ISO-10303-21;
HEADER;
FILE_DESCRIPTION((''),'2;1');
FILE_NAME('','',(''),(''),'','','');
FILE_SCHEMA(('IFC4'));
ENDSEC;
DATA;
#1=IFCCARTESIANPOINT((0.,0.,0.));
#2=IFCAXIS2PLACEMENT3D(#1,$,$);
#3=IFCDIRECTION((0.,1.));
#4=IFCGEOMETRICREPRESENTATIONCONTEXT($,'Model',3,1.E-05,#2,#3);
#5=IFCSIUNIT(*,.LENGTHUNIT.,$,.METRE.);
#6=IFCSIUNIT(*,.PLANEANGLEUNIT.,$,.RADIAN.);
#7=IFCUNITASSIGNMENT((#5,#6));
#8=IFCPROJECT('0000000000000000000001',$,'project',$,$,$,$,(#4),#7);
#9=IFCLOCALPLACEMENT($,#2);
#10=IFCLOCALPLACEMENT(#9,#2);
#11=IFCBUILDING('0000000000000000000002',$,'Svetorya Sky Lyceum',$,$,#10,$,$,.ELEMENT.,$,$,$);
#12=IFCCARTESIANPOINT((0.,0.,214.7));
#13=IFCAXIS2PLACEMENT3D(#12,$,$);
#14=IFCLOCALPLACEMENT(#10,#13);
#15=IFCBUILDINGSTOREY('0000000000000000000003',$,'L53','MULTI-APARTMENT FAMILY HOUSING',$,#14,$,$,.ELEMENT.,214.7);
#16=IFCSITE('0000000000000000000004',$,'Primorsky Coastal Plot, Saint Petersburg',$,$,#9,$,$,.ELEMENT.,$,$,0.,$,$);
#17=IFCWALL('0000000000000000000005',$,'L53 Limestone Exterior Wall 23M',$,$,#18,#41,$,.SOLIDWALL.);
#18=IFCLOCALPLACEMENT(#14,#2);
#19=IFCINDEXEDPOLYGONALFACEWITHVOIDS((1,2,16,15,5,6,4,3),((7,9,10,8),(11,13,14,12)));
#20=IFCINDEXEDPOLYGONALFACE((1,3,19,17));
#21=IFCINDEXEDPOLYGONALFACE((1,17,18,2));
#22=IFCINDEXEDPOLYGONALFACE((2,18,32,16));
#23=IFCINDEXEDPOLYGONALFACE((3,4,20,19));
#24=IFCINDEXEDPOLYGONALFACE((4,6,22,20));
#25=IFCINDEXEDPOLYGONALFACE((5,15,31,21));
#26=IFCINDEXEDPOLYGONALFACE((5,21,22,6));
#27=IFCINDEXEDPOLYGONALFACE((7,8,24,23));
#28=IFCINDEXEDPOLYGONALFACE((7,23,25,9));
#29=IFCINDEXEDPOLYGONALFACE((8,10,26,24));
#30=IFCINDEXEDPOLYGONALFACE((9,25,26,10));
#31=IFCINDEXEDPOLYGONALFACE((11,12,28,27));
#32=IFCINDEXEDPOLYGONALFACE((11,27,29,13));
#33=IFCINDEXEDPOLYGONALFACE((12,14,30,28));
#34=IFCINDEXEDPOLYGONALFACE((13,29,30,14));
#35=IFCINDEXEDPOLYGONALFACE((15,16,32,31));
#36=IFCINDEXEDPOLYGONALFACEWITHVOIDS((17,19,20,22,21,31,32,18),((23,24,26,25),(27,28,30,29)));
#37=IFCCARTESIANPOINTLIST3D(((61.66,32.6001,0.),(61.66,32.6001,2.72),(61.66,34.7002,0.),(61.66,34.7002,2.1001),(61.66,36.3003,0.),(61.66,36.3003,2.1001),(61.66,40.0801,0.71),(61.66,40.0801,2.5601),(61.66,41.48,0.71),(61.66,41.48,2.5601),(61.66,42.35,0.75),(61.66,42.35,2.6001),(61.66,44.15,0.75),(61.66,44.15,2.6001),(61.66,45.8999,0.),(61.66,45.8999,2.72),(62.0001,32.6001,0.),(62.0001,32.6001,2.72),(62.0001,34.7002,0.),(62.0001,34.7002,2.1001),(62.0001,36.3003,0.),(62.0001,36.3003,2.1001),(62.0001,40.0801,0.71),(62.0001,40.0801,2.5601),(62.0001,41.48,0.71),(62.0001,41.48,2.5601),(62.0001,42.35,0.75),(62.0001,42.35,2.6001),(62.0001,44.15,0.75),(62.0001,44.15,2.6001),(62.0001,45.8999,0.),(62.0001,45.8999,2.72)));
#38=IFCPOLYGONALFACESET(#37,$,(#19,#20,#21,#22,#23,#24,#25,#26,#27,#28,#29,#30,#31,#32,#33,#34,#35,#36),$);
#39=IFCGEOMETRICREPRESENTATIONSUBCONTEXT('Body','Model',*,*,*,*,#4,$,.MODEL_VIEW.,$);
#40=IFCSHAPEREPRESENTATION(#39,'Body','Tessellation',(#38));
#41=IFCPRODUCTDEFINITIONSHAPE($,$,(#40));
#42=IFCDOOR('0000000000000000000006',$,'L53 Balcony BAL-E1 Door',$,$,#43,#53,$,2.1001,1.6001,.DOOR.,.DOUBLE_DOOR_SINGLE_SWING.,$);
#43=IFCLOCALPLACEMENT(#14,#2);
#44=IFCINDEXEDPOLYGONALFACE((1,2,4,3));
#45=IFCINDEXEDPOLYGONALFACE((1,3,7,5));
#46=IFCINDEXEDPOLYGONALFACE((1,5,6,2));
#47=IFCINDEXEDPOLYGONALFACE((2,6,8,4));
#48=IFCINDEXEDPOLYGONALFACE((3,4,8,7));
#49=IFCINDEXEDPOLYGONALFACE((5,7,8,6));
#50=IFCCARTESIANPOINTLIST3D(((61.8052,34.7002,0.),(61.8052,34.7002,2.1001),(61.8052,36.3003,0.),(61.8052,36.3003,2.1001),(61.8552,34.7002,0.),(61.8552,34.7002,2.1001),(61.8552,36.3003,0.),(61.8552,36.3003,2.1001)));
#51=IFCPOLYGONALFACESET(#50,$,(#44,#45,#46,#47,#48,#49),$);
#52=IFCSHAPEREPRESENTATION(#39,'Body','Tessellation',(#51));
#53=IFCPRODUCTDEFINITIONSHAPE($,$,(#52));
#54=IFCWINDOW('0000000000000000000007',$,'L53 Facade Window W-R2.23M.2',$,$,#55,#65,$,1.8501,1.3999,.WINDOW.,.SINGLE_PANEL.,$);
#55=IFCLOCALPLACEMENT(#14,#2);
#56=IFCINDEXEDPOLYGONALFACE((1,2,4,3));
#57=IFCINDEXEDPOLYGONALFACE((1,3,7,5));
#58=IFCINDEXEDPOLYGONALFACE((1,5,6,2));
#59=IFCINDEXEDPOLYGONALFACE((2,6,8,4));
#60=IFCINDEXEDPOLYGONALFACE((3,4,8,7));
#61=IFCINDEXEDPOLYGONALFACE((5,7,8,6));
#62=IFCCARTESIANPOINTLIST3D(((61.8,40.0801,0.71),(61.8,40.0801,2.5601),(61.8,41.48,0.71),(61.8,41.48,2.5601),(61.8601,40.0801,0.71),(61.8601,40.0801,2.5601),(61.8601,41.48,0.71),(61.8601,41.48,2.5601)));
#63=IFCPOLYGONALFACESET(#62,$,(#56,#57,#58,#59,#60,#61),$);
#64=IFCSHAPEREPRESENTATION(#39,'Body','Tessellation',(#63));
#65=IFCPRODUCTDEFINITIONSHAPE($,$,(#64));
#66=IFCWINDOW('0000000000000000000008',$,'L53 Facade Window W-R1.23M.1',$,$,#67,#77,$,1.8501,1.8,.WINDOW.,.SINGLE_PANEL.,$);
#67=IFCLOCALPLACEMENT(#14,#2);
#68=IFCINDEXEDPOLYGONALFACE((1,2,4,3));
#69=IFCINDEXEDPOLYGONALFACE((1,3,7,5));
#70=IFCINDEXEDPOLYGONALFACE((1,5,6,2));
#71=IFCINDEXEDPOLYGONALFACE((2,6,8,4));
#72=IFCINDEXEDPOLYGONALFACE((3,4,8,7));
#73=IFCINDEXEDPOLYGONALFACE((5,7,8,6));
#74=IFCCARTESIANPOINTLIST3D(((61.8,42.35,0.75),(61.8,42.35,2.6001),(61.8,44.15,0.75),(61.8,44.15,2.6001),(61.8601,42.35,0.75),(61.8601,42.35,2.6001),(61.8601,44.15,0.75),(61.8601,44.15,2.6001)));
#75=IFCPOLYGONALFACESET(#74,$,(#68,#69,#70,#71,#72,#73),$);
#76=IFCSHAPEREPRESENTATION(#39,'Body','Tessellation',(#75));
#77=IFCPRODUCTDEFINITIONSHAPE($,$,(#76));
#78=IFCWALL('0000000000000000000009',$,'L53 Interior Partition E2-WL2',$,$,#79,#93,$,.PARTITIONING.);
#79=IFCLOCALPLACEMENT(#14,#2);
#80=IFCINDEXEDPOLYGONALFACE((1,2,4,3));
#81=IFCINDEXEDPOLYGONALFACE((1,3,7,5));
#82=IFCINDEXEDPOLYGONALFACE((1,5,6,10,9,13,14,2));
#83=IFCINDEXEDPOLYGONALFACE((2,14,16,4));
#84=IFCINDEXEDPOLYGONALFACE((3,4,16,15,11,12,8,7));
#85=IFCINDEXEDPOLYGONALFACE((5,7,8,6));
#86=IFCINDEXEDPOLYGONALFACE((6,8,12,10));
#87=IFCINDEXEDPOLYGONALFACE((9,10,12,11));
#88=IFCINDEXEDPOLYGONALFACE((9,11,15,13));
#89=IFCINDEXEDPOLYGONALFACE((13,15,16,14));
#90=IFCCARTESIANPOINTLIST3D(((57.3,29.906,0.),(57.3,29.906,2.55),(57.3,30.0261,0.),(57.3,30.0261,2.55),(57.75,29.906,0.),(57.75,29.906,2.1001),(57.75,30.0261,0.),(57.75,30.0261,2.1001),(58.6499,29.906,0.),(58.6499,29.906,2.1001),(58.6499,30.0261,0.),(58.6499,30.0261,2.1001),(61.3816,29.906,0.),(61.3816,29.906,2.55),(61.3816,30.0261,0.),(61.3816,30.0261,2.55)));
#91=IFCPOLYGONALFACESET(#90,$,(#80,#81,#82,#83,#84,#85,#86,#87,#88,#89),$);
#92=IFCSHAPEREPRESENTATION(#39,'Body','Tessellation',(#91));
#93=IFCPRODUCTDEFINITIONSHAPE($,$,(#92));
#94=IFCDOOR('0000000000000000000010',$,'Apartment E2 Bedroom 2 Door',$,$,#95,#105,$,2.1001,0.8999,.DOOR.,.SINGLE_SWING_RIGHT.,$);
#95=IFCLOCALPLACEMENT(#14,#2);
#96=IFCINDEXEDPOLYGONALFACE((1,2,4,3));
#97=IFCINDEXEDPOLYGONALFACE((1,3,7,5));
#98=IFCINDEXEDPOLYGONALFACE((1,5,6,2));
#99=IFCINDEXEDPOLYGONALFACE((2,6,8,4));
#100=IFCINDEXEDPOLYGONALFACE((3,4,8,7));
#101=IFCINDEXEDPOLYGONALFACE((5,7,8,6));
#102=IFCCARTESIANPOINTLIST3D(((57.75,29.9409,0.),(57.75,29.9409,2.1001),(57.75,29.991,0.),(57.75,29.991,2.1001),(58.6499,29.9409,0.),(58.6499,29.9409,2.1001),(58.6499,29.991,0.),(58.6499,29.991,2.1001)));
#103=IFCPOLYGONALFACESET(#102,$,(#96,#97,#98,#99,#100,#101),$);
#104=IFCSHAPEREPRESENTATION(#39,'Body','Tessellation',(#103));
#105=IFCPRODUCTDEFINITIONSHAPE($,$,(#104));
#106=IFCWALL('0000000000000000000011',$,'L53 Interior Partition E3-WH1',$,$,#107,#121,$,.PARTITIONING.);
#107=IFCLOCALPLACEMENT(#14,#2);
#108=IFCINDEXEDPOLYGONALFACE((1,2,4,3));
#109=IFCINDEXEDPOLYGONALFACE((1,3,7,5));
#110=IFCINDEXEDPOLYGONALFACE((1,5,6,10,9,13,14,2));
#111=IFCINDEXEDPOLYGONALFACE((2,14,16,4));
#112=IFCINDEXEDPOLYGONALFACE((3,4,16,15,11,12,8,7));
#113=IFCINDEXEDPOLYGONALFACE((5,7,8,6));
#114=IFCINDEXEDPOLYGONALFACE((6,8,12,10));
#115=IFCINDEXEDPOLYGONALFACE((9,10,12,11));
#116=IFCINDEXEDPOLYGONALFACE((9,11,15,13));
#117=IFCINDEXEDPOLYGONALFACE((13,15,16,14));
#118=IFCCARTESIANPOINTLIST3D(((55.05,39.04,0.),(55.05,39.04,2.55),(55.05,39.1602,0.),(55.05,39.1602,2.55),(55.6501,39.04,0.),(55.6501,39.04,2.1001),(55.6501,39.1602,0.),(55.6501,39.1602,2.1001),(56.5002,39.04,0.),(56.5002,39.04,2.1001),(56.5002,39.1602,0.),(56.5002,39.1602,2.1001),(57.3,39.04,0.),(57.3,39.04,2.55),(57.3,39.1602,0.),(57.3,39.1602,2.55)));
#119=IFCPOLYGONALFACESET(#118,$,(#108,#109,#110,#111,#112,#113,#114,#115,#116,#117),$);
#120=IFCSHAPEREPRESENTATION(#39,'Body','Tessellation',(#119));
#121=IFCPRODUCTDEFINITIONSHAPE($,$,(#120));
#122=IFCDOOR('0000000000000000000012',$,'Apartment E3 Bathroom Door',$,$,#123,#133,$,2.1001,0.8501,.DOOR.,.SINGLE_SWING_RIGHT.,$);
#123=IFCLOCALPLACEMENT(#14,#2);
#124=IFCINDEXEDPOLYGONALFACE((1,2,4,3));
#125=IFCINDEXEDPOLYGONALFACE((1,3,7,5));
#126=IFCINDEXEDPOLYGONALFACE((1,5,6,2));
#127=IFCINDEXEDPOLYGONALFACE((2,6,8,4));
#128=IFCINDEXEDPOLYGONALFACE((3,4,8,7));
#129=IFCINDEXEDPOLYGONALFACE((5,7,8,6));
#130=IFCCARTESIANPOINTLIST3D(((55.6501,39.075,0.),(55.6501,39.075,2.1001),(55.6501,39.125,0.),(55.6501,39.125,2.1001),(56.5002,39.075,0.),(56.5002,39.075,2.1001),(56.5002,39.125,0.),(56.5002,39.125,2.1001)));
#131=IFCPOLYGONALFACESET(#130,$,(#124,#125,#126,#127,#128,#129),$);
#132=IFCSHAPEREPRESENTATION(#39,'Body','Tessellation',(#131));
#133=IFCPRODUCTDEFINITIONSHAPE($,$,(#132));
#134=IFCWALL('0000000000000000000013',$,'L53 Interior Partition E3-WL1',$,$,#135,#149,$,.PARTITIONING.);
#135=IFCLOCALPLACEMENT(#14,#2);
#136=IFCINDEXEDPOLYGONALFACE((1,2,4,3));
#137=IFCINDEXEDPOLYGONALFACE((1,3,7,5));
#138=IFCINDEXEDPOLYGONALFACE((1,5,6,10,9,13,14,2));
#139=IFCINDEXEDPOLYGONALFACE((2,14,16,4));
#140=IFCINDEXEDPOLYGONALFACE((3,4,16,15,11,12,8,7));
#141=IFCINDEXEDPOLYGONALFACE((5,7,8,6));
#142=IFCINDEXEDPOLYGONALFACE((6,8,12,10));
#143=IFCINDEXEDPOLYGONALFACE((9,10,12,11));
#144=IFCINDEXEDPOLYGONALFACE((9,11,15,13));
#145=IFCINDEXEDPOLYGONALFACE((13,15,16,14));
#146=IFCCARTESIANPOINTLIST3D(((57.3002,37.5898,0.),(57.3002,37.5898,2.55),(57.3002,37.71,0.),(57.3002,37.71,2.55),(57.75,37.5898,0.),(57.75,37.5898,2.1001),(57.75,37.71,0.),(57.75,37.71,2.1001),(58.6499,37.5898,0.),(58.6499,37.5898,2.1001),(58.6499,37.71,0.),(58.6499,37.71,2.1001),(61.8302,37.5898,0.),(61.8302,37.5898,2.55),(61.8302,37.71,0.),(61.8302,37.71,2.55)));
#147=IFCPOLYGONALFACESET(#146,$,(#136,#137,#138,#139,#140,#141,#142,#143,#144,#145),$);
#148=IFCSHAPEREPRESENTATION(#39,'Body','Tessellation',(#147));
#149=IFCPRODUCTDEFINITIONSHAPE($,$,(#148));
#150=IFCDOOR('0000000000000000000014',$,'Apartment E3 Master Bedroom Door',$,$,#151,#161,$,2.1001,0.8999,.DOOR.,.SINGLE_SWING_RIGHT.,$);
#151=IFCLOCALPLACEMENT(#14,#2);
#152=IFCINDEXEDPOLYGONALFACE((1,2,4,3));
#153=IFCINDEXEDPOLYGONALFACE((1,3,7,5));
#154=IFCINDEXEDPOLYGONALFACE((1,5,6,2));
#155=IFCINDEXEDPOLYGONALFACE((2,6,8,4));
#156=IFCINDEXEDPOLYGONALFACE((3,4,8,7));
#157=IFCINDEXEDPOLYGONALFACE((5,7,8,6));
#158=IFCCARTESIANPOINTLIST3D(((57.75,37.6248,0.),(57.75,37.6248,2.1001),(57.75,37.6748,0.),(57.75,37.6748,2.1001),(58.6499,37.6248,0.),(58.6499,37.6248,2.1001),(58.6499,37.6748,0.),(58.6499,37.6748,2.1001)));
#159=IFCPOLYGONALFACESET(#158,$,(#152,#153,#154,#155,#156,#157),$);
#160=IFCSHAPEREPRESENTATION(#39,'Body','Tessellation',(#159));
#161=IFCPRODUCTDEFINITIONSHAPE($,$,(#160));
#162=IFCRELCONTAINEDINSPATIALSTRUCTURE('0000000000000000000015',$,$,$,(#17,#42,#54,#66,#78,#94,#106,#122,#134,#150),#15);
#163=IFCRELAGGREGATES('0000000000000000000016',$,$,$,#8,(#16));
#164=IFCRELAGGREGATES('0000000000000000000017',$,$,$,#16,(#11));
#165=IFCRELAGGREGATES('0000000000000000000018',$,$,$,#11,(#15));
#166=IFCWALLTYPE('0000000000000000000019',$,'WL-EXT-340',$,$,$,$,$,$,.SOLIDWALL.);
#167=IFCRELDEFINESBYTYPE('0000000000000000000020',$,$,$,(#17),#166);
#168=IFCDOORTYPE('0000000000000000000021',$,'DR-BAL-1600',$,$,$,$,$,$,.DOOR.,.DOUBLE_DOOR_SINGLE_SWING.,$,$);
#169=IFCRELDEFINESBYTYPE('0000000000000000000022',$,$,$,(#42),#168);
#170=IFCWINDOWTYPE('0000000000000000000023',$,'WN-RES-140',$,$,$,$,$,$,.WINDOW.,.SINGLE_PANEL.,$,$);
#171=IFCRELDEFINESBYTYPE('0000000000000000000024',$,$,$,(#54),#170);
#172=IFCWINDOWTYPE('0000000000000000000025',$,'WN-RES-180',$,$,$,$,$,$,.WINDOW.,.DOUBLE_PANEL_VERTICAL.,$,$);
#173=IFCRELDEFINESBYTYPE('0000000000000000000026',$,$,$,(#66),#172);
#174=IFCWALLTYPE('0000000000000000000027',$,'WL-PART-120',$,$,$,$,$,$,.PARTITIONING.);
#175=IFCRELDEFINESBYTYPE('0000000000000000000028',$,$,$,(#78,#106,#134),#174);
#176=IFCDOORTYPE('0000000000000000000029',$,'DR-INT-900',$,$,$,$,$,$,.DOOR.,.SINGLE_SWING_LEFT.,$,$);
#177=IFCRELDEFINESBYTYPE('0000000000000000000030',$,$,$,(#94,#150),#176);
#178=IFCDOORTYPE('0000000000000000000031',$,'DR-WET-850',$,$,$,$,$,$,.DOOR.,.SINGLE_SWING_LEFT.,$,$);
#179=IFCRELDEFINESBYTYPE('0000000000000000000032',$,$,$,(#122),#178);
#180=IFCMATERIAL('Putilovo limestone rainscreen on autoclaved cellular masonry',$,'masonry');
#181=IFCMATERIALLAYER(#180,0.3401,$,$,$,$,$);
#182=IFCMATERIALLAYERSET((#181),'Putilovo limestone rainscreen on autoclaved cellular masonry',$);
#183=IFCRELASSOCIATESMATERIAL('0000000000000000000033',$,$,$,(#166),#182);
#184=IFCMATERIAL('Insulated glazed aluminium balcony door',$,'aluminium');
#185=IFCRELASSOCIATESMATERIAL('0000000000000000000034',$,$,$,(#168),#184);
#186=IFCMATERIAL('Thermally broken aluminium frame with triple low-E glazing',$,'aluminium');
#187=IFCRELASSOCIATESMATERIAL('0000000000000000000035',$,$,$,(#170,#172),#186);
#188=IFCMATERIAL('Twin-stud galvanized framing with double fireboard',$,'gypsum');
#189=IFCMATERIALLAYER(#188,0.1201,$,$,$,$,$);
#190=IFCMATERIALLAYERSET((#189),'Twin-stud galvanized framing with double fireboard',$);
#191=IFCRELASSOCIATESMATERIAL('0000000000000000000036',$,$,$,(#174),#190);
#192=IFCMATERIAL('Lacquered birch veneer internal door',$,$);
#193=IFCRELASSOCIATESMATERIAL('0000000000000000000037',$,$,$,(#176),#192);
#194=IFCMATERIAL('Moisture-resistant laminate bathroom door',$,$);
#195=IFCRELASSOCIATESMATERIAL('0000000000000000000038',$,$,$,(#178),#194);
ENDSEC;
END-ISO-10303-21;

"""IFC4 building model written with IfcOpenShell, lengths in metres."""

from ifc_helpers import new_model, si_unit, direction, frame, frame_2d, origin, place, context, subcontext, project, spatial, rectangle, extrude, material, layer, layer_set, type_object, element, fill, save


model = new_model("IFC4")

# Units and contexts
model_context = context("Model", 3, precision=1e-05, world=origin(), true_north=direction((0.0, 1.0)))
body_context = subcontext(model_context, "Body", "Model", "MODEL_VIEW")
ifc_project = project(units=[si_unit("LENGTHUNIT", "METRE"), si_unit("PLANEANGLEUNIT", "RADIAN")], contexts=[model_context])

# Site, building, storey
site_placement = place(None, origin())
site = spatial("IfcSite", under=ifc_project, at=site_placement, Name="Primorsky Coastal Plot, Saint Petersburg", CompositionType="ELEMENT", RefElevation=0.0)
building_placement = place(site_placement, origin())
building = spatial("IfcBuilding", under=site, at=building_placement, Name="Svetorya Sky Lyceum", CompositionType="ELEMENT")
storey_placement = place(building_placement, frame((0.0, 0.0, 214.7)))
storey = spatial("IfcBuildingStorey", under=building, at=storey_placement, Name="L53", Description="MULTI-APARTMENT FAMILY HOUSING", CompositionType="ELEMENT", Elevation=214.7)

# Shared definitions
ifc_material_1 = material(Name="Putilovo limestone rainscreen on autoclaved cellular masonry", Category="masonry")
ifc_layer_1 = layer(ifc_material_1, 0.3401)
ifc_layer_set_1 = layer_set([ifc_layer_1], Name="Putilovo limestone rainscreen on autoclaved cellular masonry")
wall_type_1 = type_object("IfcWallType", Name="WL-EXT-340", PredefinedType="SOLIDWALL", material=ifc_layer_set_1)

# Shared definitions
ifc_material_2 = material(Name="Thermally broken aluminium frame with triple low-E glazing", Category="aluminium")

# Wall, openings, door, windows
wall_1_placement = place(storey_placement, frame((61.8301, 32.6001, 0.0), z_axis=(0.0, 0.0, 1.0), x_axis=(0.0, 1.0, 0.0)))
wall_1 = element("IfcWall", 1, at=wall_1_placement, inside=storey, type_object=wall_type_1, Name="L53 Limestone Exterior Wall 23M", PredefinedType="SOLIDWALL", context=body_context, shape_type="SweptSolid", body=[
    extrude(rectangle(XDim=13.2998, YDim=0.3401, at=frame_2d((6.6499, 0.0))), origin(), (0.0, 0.0, 1.0), 2.72),
])
opening_1_placement = place(wall_1_placement, frame((2.1001, 0.0, 0.0)))
opening_1 = element("IfcOpeningElement", 2, at=opening_1_placement, cuts=wall_1, PredefinedType="OPENING", context=body_context, shape_type="SweptSolid", body=[
    extrude(rectangle(XDim=1.6001, YDim=2.1001, at=frame_2d((0.8, 1.05))), frame((0.0, 0.1799, 0.0), z_axis=(0.0, -1.0, 0.0), x_axis=(1.0, 0.0, 0.0)), (0.0, 0.0, 1.0), 0.3601),
])
opening_2_placement = place(wall_1_placement, frame((7.48, 0.0, 0.71)))
opening_2 = element("IfcOpeningElement", 3, at=opening_2_placement, cuts=wall_1, PredefinedType="OPENING", context=body_context, shape_type="SweptSolid", body=[
    extrude(rectangle(XDim=1.3999, YDim=1.8501, at=frame_2d((0.7, 0.925))), frame((0.0, 0.1799, 0.0), z_axis=(0.0, -1.0, 0.0), x_axis=(1.0, 0.0, 0.0)), (0.0, 0.0, 1.0), 0.3601),
])
opening_3_placement = place(wall_1_placement, frame((9.75, 0.0, 0.75)))
opening_3 = element("IfcOpeningElement", 4, at=opening_3_placement, cuts=wall_1, PredefinedType="OPENING", context=body_context, shape_type="SweptSolid", body=[
    extrude(rectangle(XDim=1.8, YDim=1.8501, at=frame_2d((0.8999, 0.925))), frame((0.0, 0.1799, 0.0), z_axis=(0.0, -1.0, 0.0), x_axis=(1.0, 0.0, 0.0)), (0.0, 0.0, 1.0), 0.3601),
])
ifc_material_3 = material(Name="Insulated glazed aluminium balcony door", Category="aluminium")
door_type_1 = type_object("IfcDoorType", Name="DR-BAL-1600", OperationType="DOUBLE_DOOR_SINGLE_SWING", PredefinedType="DOOR", material=ifc_material_3)
door_1_placement = place(opening_1_placement, origin())
door_1 = element("IfcDoor", 5, at=door_1_placement, inside=storey, type_object=door_type_1, Name="L53 Balcony BAL-E1 Door", OperationType="DOUBLE_DOOR_SINGLE_SWING", OverallHeight=2.1001, OverallWidth=1.6001, PredefinedType="DOOR", context=body_context, shape_type="SweptSolid", body=[
    extrude(rectangle(XDim=1.6001, YDim=2.1001, at=frame_2d((0.8, 1.05))), frame((0.0, 0.0249, 0.0), z_axis=(0.0, -1.0, 0.0), x_axis=(1.0, 0.0, 0.0)), (0.0, 0.0, 1.0), 0.05),
])
fill(opening_1, door_1)
window_type_1 = type_object("IfcWindowType", Name="WN-RES-140", PartitioningType="SINGLE_PANEL", PredefinedType="WINDOW", material=ifc_material_2)
window_1_placement = place(opening_2_placement, origin())
window_1 = element("IfcWindow", 6, at=window_1_placement, inside=storey, type_object=window_type_1, Name="L53 Facade Window W-R2.23M.2", OverallHeight=1.8501, OverallWidth=1.3999, PartitioningType="SINGLE_PANEL", PredefinedType="WINDOW", context=body_context, shape_type="SweptSolid", body=[
    extrude(rectangle(XDim=1.3999, YDim=1.8501, at=frame_2d((0.7, 0.925))), frame((0.0, 0.03, 0.0), z_axis=(0.0, -1.0, 0.0), x_axis=(1.0, 0.0, 0.0)), (0.0, 0.0, 1.0), 0.0601),
])
fill(opening_2, window_1)
window_type_2 = type_object("IfcWindowType", Name="WN-RES-180", PartitioningType="DOUBLE_PANEL_VERTICAL", PredefinedType="WINDOW", material=ifc_material_2)
window_2_placement = place(opening_3_placement, origin())
window_2 = element("IfcWindow", 7, at=window_2_placement, inside=storey, type_object=window_type_2, Name="L53 Facade Window W-R1.23M.1", OverallHeight=1.8501, OverallWidth=1.8, PartitioningType="SINGLE_PANEL", PredefinedType="WINDOW", context=body_context, shape_type="SweptSolid", body=[
    extrude(rectangle(XDim=1.8, YDim=1.8501, at=frame_2d((0.8999, 0.925))), frame((0.0, 0.03, 0.0), z_axis=(0.0, -1.0, 0.0), x_axis=(1.0, 0.0, 0.0)), (0.0, 0.0, 1.0), 0.0601),
])
fill(opening_3, window_2)

# Walls, openings, doors
ifc_material_4 = material(Name="Twin-stud galvanized framing with double fireboard", Category="gypsum")
ifc_layer_2 = layer(ifc_material_4, 0.1201)
ifc_layer_set_2 = layer_set([ifc_layer_2], Name="Twin-stud galvanized framing with double fireboard")
wall_type_2 = type_object("IfcWallType", Name="WL-PART-120", PredefinedType="PARTITIONING", material=ifc_layer_set_2)
wall_2_placement = place(storey_placement, frame((57.3, 29.9661, 0.0), z_axis=(0.0, 0.0, 1.0), x_axis=(1.0, 0.0, 0.0)))
wall_2 = element("IfcWall", 8, at=wall_2_placement, inside=storey, type_object=wall_type_2, Name="L53 Interior Partition E2-WL2", PredefinedType="PARTITIONING", context=body_context, shape_type="SweptSolid", body=[
    extrude(rectangle(XDim=4.0815, YDim=0.1201, at=frame_2d((2.0408, 0.0))), origin(), (0.0, 0.0, 1.0), 2.55),
])
opening_4_placement = place(wall_2_placement, frame((0.45, 0.0, 0.0)))
opening_4 = element("IfcOpeningElement", 9, at=opening_4_placement, cuts=wall_2, PredefinedType="OPENING", context=body_context, shape_type="SweptSolid", body=[
    extrude(rectangle(XDim=0.8999, YDim=2.1001, at=frame_2d((0.45, 1.05))), frame((0.0, 0.0701, 0.0), z_axis=(0.0, -1.0, 0.0), x_axis=(1.0, 0.0, 0.0)), (0.0, 0.0, 1.0), 0.1401),
])
ifc_material_5 = material(Name="Lacquered birch veneer internal door")
door_type_2 = type_object("IfcDoorType", Name="DR-INT-900", OperationType="SINGLE_SWING_LEFT", PredefinedType="DOOR", material=ifc_material_5)
door_2_placement = place(opening_4_placement, origin())
door_2 = element("IfcDoor", 10, at=door_2_placement, inside=storey, type_object=door_type_2, Name="Apartment E2 Bedroom 2 Door", OperationType="SINGLE_SWING_RIGHT", OverallHeight=2.1001, OverallWidth=0.8999, PredefinedType="DOOR", context=body_context, shape_type="SweptSolid", body=[
    extrude(rectangle(XDim=0.8999, YDim=2.1001, at=frame_2d((0.45, 1.05))), frame((0.0, 0.0249, 0.0), z_axis=(0.0, -1.0, 0.0), x_axis=(1.0, 0.0, 0.0)), (0.0, 0.0, 1.0), 0.05),
])
fill(opening_4, door_2)
wall_3_placement = place(storey_placement, frame((55.05, 39.1001, 0.0), z_axis=(0.0, 0.0, 1.0), x_axis=(1.0, 0.0, 0.0)))
wall_3 = element("IfcWall", 11, at=wall_3_placement, inside=storey, type_object=wall_type_2, Name="L53 Interior Partition E3-WH1", PredefinedType="PARTITIONING", context=body_context, shape_type="SweptSolid", body=[
    extrude(rectangle(XDim=2.25, YDim=0.1201, at=frame_2d((1.125, 0.0))), origin(), (0.0, 0.0, 1.0), 2.55),
])
opening_5_placement = place(wall_3_placement, frame((0.6001, 0.0, 0.0)))
opening_5 = element("IfcOpeningElement", 12, at=opening_5_placement, cuts=wall_3, PredefinedType="OPENING", context=body_context, shape_type="SweptSolid", body=[
    extrude(rectangle(XDim=0.8501, YDim=2.1001, at=frame_2d((0.425, 1.05))), frame((0.0, 0.0701, 0.0), z_axis=(0.0, -1.0, 0.0), x_axis=(1.0, 0.0, 0.0)), (0.0, 0.0, 1.0), 0.1401),
])
ifc_material_6 = material(Name="Moisture-resistant laminate bathroom door")
door_type_3 = type_object("IfcDoorType", Name="DR-WET-850", OperationType="SINGLE_SWING_LEFT", PredefinedType="DOOR", material=ifc_material_6)
door_3_placement = place(opening_5_placement, origin())
door_3 = element("IfcDoor", 13, at=door_3_placement, inside=storey, type_object=door_type_3, Name="Apartment E3 Bathroom Door", OperationType="SINGLE_SWING_RIGHT", OverallHeight=2.1001, OverallWidth=0.8501, PredefinedType="DOOR", context=body_context, shape_type="SweptSolid", body=[
    extrude(rectangle(XDim=0.8501, YDim=2.1001, at=frame_2d((0.425, 1.05))), frame((0.0, 0.0249, 0.0), z_axis=(0.0, -1.0, 0.0), x_axis=(1.0, 0.0, 0.0)), (0.0, 0.0, 1.0), 0.05),
])
fill(opening_5, door_3)
wall_4_placement = place(storey_placement, frame((57.3, 37.6499, 0.0), z_axis=(0.0, 0.0, 1.0), x_axis=(1.0, 0.0, 0.0)))
wall_4 = element("IfcWall", 14, at=wall_4_placement, inside=storey, type_object=wall_type_2, Name="L53 Interior Partition E3-WL1", PredefinedType="PARTITIONING", context=body_context, shape_type="SweptSolid", body=[
    extrude(rectangle(XDim=4.53, YDim=0.1201, at=frame_2d((2.2651, 0.0))), origin(), (0.0, 0.0, 1.0), 2.55),
])
opening_6_placement = place(wall_4_placement, frame((0.45, 0.0, 0.0)))
opening_6 = element("IfcOpeningElement", 15, at=opening_6_placement, cuts=wall_4, PredefinedType="OPENING", context=body_context, shape_type="SweptSolid", body=[
    extrude(rectangle(XDim=0.8999, YDim=2.1001, at=frame_2d((0.45, 1.05))), frame((0.0, 0.0701, 0.0), z_axis=(0.0, -1.0, 0.0), x_axis=(1.0, 0.0, 0.0)), (0.0, 0.0, 1.0), 0.1401),
])
door_4_placement = place(opening_6_placement, origin())
door_4 = element("IfcDoor", 16, at=door_4_placement, inside=storey, type_object=door_type_2, Name="Apartment E3 Master Bedroom Door", OperationType="SINGLE_SWING_RIGHT", OverallHeight=2.1001, OverallWidth=0.8999, PredefinedType="DOOR", context=body_context, shape_type="SweptSolid", body=[
    extrude(rectangle(XDim=0.8999, YDim=2.1001, at=frame_2d((0.45, 1.05))), frame((0.0, 0.0249, 0.0), z_axis=(0.0, -1.0, 0.0), x_axis=(1.0, 0.0, 0.0)), (0.0, 0.0, 1.0), 0.05),
])
fill(opening_6, door_4)

save(model, "model.ifc")
